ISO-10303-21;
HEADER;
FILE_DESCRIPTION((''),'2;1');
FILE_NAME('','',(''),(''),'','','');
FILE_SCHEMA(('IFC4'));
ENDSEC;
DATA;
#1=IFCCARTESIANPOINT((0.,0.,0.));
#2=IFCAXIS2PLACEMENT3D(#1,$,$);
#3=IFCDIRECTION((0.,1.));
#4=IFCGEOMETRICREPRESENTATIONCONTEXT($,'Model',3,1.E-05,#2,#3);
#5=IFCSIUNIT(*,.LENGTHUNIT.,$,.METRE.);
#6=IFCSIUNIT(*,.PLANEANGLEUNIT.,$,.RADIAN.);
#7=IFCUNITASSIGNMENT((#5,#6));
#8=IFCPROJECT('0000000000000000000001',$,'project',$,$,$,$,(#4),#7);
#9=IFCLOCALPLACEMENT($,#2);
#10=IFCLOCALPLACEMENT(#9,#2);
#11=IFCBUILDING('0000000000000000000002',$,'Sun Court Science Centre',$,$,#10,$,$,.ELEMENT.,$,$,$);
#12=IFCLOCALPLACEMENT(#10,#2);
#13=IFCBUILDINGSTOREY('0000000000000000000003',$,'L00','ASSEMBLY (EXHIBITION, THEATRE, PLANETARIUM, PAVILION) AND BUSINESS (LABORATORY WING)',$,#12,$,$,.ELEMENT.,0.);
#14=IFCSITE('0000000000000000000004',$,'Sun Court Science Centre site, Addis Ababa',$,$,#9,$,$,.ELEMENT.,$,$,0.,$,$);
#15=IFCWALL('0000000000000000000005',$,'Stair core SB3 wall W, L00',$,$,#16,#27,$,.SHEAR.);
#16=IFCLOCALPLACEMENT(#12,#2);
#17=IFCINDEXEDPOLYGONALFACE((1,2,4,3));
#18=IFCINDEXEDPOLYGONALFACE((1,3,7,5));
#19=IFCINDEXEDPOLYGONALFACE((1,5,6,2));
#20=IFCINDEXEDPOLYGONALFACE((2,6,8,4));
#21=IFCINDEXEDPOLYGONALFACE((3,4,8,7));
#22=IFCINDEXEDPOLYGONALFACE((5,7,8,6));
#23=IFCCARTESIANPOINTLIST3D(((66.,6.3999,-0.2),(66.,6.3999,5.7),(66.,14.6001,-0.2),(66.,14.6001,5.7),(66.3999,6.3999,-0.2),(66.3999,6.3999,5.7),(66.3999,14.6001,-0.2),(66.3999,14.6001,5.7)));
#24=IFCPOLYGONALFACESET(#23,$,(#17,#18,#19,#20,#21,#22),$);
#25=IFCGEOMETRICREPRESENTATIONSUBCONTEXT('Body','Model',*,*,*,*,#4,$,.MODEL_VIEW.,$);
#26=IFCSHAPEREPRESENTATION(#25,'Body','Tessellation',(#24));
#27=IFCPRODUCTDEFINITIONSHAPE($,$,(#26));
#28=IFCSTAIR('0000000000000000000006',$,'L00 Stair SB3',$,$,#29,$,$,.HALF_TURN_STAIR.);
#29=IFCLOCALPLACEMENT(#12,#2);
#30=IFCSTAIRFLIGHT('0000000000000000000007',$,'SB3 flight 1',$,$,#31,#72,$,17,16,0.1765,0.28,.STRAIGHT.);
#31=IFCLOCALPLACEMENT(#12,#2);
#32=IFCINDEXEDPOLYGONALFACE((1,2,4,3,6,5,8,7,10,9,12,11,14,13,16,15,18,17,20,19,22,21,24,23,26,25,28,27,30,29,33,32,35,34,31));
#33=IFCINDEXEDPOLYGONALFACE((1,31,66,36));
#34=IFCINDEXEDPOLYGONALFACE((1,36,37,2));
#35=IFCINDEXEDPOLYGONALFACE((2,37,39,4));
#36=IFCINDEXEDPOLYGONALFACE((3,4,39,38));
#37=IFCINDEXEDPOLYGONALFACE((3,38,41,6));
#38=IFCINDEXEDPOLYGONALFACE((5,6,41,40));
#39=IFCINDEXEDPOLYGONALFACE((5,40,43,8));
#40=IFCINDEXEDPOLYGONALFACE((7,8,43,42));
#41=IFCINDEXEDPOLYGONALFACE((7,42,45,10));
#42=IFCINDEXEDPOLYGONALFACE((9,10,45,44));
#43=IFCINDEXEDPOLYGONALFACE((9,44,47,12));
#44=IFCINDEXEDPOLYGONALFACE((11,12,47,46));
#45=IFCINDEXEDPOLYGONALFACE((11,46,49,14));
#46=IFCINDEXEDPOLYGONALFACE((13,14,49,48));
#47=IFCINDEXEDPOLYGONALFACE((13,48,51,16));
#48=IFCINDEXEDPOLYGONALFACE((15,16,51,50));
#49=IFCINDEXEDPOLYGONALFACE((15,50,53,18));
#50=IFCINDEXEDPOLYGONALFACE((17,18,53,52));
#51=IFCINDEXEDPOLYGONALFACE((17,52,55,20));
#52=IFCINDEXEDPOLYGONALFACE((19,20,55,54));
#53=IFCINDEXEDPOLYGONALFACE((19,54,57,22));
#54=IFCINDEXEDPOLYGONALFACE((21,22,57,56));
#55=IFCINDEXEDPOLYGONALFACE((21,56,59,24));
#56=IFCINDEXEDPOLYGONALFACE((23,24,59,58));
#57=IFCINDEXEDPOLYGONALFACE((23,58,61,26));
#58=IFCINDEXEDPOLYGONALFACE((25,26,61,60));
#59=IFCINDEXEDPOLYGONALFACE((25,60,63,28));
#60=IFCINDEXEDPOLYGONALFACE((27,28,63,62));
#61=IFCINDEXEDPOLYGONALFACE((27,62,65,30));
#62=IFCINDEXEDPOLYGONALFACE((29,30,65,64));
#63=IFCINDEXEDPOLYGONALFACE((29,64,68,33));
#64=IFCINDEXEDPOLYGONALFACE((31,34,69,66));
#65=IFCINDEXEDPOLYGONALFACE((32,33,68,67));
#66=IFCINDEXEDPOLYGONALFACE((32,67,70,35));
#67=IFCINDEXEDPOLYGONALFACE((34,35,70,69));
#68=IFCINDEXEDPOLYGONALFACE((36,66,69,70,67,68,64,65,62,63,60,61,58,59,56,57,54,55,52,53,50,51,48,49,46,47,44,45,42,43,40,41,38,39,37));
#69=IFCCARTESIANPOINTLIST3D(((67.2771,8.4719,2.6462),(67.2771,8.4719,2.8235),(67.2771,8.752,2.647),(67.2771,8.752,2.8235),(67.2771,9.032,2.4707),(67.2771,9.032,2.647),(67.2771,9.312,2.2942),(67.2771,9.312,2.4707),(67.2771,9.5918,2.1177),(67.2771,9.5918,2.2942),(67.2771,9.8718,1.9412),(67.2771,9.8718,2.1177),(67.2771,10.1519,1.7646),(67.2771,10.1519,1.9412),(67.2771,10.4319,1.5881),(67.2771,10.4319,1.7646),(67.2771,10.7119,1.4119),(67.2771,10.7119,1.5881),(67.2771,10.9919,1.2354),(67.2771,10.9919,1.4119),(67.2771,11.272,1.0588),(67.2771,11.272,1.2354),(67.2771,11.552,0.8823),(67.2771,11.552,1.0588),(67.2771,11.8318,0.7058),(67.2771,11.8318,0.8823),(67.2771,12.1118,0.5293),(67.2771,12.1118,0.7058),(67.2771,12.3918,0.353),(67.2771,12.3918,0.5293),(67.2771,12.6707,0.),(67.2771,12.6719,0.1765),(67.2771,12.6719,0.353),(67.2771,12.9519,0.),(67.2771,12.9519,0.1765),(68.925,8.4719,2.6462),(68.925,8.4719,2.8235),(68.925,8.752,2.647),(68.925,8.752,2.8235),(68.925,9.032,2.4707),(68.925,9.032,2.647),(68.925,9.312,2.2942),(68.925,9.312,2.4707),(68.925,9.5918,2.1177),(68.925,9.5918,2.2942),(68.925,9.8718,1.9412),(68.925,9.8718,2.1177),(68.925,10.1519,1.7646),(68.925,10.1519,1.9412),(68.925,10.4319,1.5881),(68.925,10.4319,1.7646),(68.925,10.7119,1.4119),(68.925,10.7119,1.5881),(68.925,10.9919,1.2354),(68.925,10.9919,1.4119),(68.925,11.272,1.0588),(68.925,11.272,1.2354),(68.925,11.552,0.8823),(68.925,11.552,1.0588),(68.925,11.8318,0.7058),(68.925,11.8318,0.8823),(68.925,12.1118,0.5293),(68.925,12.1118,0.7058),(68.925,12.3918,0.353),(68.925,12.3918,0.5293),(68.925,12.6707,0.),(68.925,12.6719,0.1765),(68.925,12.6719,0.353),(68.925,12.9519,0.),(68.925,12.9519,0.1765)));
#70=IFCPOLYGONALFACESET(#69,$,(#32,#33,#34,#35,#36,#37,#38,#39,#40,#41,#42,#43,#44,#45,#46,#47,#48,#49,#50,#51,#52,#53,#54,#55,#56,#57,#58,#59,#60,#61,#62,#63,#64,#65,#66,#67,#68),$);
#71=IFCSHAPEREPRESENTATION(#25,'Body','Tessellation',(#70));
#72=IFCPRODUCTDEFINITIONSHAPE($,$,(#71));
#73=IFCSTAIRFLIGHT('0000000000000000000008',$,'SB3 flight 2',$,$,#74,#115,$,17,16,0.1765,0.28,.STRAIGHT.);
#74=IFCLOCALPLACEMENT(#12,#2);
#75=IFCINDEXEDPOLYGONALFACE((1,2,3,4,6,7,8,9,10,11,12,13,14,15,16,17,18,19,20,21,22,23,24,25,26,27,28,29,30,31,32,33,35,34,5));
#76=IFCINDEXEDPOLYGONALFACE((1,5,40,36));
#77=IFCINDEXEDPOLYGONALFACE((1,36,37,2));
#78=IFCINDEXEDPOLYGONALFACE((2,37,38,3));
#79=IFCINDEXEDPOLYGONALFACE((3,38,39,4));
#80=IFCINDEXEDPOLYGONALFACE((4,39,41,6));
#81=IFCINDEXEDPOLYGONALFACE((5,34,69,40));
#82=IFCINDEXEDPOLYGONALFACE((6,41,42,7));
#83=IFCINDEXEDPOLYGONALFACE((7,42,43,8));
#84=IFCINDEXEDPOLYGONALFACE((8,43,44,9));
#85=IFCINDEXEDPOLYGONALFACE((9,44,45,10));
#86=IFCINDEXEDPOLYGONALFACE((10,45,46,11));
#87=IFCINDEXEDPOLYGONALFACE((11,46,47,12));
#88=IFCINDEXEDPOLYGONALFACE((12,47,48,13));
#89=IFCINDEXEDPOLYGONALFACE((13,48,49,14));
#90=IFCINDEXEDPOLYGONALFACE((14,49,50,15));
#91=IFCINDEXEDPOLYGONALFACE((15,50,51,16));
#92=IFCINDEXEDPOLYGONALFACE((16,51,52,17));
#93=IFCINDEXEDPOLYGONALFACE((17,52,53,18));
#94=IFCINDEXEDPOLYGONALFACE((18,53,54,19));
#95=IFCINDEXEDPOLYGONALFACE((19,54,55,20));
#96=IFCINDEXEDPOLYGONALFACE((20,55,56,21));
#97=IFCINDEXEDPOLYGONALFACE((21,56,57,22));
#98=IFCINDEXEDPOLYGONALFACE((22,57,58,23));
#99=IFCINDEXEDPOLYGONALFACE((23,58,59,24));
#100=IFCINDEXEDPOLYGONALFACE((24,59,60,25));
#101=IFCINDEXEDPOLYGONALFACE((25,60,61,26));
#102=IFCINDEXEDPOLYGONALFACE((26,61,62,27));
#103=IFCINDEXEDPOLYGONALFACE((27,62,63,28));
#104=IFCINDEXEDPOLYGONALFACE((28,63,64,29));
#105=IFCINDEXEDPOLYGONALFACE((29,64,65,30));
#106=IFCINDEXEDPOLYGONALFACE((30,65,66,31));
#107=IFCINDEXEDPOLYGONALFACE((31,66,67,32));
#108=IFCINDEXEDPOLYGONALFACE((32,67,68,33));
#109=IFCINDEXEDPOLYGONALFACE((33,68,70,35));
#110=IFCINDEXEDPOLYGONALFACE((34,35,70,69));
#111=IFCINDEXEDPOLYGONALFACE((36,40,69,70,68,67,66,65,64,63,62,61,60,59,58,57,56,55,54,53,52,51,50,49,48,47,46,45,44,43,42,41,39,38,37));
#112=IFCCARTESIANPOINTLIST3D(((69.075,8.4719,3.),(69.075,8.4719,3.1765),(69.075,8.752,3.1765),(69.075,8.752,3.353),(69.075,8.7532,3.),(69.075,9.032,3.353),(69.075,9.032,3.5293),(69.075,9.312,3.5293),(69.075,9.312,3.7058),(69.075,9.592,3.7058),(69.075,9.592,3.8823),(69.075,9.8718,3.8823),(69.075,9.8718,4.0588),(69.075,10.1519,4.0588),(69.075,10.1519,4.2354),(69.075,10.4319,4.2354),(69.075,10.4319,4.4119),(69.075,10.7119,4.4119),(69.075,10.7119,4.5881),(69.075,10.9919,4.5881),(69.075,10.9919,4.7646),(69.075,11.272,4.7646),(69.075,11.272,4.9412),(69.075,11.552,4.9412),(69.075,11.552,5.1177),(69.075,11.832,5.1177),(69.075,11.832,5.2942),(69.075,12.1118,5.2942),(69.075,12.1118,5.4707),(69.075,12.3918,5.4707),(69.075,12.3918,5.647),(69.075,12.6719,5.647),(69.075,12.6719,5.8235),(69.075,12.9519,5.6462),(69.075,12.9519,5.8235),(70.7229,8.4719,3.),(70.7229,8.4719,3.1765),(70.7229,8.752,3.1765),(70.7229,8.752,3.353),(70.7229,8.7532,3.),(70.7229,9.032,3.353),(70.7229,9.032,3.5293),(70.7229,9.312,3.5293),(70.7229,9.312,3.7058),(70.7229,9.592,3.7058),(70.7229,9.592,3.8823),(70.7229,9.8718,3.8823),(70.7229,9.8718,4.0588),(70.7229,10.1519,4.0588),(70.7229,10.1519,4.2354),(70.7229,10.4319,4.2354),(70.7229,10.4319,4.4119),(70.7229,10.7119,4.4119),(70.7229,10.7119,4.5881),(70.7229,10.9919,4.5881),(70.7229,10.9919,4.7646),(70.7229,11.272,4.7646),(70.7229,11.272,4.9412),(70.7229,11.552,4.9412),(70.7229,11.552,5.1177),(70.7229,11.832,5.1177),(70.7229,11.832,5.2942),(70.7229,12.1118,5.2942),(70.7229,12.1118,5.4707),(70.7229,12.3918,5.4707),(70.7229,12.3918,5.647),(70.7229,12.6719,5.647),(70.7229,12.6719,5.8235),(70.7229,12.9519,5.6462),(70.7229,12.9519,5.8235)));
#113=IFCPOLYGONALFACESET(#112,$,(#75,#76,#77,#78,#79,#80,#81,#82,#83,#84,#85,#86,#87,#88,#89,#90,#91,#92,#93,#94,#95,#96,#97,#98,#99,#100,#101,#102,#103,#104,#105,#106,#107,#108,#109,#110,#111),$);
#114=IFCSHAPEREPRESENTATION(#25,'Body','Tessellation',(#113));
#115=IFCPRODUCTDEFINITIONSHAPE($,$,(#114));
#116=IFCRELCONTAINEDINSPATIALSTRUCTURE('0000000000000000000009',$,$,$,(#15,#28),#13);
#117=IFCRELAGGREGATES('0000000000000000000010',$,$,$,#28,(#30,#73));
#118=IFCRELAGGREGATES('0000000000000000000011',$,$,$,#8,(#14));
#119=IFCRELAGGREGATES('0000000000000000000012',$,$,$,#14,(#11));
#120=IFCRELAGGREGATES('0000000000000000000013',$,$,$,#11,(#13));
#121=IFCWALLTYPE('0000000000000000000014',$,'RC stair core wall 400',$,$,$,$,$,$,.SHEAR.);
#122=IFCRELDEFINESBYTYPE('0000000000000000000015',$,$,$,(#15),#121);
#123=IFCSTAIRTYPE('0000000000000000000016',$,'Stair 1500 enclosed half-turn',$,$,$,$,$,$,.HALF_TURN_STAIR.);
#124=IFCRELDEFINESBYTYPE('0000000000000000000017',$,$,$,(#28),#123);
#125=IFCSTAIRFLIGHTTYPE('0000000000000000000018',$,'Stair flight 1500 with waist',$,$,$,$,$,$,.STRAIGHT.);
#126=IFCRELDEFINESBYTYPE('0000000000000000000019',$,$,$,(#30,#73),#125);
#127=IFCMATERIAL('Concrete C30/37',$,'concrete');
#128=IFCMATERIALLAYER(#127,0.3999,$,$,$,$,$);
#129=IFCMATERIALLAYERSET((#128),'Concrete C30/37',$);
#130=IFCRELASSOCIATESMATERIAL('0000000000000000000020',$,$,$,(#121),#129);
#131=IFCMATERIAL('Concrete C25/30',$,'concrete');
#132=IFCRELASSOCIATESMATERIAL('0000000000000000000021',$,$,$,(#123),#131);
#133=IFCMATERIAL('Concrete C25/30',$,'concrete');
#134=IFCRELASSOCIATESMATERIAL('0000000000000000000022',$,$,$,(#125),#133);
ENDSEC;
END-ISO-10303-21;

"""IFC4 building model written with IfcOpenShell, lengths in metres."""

from ifc_helpers import new_model, si_unit, direction, frame, frame_2d, origin, place, context, subcontext, project, spatial, polyline, rectangle, outline, extrude, material, layer, layer_set, type_object, element, aggregate, save


model = new_model("IFC4")

# Units and contexts
model_context = context("Model", 3, precision=1e-05, world=origin(), true_north=direction((0.0, 1.0)))
body_context = subcontext(model_context, "Body", "Model", "MODEL_VIEW")
ifc_project = project(units=[si_unit("LENGTHUNIT", "METRE"), si_unit("PLANEANGLEUNIT", "RADIAN")], contexts=[model_context])

# Site, building, storey
site_placement = place(None, origin())
site = spatial("IfcSite", under=ifc_project, at=site_placement, Name="Sun Court Science Centre site, Addis Ababa", CompositionType="ELEMENT", RefElevation=0.0)
building_placement = place(site_placement, origin())
building = spatial("IfcBuilding", under=site, at=building_placement, Name="Sun Court Science Centre", CompositionType="ELEMENT")
storey_placement = place(building_placement, origin())
storey = spatial("IfcBuildingStorey", under=building, at=storey_placement, Name="L00", Description="ASSEMBLY (EXHIBITION, THEATRE, PLANETARIUM, PAVILION) AND BUSINESS (LABORATORY WING)", CompositionType="ELEMENT", Elevation=0.0)

# Wall
ifc_material_1 = material(Name="Concrete C30/37", Category="concrete")
ifc_layer_1 = layer(ifc_material_1, 0.3999)
ifc_layer_set_1 = layer_set([ifc_layer_1], Name="Concrete C30/37")
wall_type_1 = type_object("IfcWallType", Name="RC stair core wall 400", PredefinedType="SHEAR", material=ifc_layer_set_1)
wall_1_placement = place(storey_placement, frame((66.2, 6.3999, -0.2), z_axis=(0.0, 0.0, 1.0), x_axis=(0.0, 1.0, 0.0)))
element("IfcWall", 1, at=wall_1_placement, inside=storey, type_object=wall_type_1, Name="Stair core SB3 wall W, L00", PredefinedType="SHEAR", context=body_context, shape_type="SweptSolid", body=[
    extrude(rectangle(XDim=8.2002, YDim=0.3999, at=frame_2d((4.1001, 0.0))), origin(), (0.0, 0.0, 1.0), 5.8999),
])

# Stair, stair flights
ifc_material_2 = material(Name="Concrete C25/30", Category="concrete")
stair_type = type_object("IfcStairType", Name="Stair 1500 enclosed half-turn", PredefinedType="HALF_TURN_STAIR", material=ifc_material_2)
stair_placement = place(storey_placement, origin())
stair = element("IfcStair", 2, at=stair_placement, inside=storey, type_object=stair_type, Name="L00 Stair SB3", PredefinedType="HALF_TURN_STAIR")
ifc_material_3 = material(Name="Concrete C25/30", Category="concrete")
stair_flight_type = type_object("IfcStairFlightType", Name="Stair flight 1500 with waist", PredefinedType="STRAIGHT", material=ifc_material_3)
stair_flight_1_placement = place(storey_placement, frame((68.1011, 12.9519, 0.0), z_axis=(0.0, 0.0, 1.0), x_axis=(0.0, -1.0, 0.0)))
stair_flight_1 = element("IfcStairFlight", 3, at=stair_flight_1_placement, type_object=stair_flight_type, Name="SB3 flight 1", NumberOfRisers=17, NumberOfTreads=16, PredefinedType="STRAIGHT", RiserHeight=0.1765, TreadLength=0.28, context=body_context, shape_type="SweptSolid", body=[
    extrude(outline(polyline([(0.0, 0.0), (0.0, 0.1765), (0.28, 0.1765), (0.28, 0.353), (0.5601, 0.353), (0.5601, 0.5293), (0.8401, 0.5293), (0.8401, 0.7058), (1.1201, 0.7058), (1.1201, 0.8823), (1.3999, 0.8823), (1.3999, 1.0588), (1.6799, 1.0588), (1.6799, 1.2354), (1.96, 1.2354), (1.96, 1.4119), (2.24, 1.4119), (2.24, 1.5881), (2.52, 1.5881), (2.52, 1.7646), (2.8, 1.7646), (2.8, 1.9412), (3.0801, 1.9412), (3.0801, 2.1177), (3.3601, 2.1177), (3.3601, 2.2942), (3.6399, 2.2942), (3.6399, 2.4707), (3.9199, 2.4707), (3.9199, 2.647), (4.2, 2.647), (4.2, 2.8235), (4.48, 2.8235), (4.48, 3.0), (4.48, 2.6462), (0.2812, 0.0), (0.0, 0.0)])), frame((0.0, 0.824, 0.0), z_axis=(0.0, -1.0, 0.0), x_axis=(1.0, 0.0, 0.0)), (0.0, 0.0, 1.0), 1.6479),
])
stair_flight_2_placement = place(storey_placement, frame((69.8989, 8.4719, 3.0), z_axis=(0.0, 0.0, 1.0), x_axis=(0.0, 1.0, 0.0)))
stair_flight_2 = element("IfcStairFlight", 4, at=stair_flight_2_placement, type_object=stair_flight_type, Name="SB3 flight 2", NumberOfRisers=17, NumberOfTreads=16, PredefinedType="STRAIGHT", RiserHeight=0.1765, TreadLength=0.28, context=body_context, shape_type="SweptSolid", body=[
    extrude(outline(polyline([(0.0, 0.0), (0.0, 0.1765), (0.28, 0.1765), (0.28, 0.353), (0.5601, 0.353), (0.5601, 0.5293), (0.8401, 0.5293), (0.8401, 0.7058), (1.1201, 0.7058), (1.1201, 0.8823), (1.3999, 0.8823), (1.3999, 1.0588), (1.6799, 1.0588), (1.6799, 1.2354), (1.96, 1.2354), (1.96, 1.4119), (2.24, 1.4119), (2.24, 1.5881), (2.52, 1.5881), (2.52, 1.7646), (2.8, 1.7646), (2.8, 1.9412), (3.0801, 1.9412), (3.0801, 2.1177), (3.3601, 2.1177), (3.3601, 2.2942), (3.6399, 2.2942), (3.6399, 2.4707), (3.9199, 2.4707), (3.9199, 2.647), (4.2, 2.647), (4.2, 2.8235), (4.48, 2.8235), (4.48, 3.0), (4.48, 2.6462), (0.2812, 0.0), (0.0, 0.0)])), frame((0.0, 0.824, 0.0), z_axis=(0.0, -1.0, 0.0), x_axis=(1.0, 0.0, 0.0)), (0.0, 0.0, 1.0), 1.6479),
])
aggregate(stair, [stair_flight_1, stair_flight_2])

save(model, "model.ifc")
